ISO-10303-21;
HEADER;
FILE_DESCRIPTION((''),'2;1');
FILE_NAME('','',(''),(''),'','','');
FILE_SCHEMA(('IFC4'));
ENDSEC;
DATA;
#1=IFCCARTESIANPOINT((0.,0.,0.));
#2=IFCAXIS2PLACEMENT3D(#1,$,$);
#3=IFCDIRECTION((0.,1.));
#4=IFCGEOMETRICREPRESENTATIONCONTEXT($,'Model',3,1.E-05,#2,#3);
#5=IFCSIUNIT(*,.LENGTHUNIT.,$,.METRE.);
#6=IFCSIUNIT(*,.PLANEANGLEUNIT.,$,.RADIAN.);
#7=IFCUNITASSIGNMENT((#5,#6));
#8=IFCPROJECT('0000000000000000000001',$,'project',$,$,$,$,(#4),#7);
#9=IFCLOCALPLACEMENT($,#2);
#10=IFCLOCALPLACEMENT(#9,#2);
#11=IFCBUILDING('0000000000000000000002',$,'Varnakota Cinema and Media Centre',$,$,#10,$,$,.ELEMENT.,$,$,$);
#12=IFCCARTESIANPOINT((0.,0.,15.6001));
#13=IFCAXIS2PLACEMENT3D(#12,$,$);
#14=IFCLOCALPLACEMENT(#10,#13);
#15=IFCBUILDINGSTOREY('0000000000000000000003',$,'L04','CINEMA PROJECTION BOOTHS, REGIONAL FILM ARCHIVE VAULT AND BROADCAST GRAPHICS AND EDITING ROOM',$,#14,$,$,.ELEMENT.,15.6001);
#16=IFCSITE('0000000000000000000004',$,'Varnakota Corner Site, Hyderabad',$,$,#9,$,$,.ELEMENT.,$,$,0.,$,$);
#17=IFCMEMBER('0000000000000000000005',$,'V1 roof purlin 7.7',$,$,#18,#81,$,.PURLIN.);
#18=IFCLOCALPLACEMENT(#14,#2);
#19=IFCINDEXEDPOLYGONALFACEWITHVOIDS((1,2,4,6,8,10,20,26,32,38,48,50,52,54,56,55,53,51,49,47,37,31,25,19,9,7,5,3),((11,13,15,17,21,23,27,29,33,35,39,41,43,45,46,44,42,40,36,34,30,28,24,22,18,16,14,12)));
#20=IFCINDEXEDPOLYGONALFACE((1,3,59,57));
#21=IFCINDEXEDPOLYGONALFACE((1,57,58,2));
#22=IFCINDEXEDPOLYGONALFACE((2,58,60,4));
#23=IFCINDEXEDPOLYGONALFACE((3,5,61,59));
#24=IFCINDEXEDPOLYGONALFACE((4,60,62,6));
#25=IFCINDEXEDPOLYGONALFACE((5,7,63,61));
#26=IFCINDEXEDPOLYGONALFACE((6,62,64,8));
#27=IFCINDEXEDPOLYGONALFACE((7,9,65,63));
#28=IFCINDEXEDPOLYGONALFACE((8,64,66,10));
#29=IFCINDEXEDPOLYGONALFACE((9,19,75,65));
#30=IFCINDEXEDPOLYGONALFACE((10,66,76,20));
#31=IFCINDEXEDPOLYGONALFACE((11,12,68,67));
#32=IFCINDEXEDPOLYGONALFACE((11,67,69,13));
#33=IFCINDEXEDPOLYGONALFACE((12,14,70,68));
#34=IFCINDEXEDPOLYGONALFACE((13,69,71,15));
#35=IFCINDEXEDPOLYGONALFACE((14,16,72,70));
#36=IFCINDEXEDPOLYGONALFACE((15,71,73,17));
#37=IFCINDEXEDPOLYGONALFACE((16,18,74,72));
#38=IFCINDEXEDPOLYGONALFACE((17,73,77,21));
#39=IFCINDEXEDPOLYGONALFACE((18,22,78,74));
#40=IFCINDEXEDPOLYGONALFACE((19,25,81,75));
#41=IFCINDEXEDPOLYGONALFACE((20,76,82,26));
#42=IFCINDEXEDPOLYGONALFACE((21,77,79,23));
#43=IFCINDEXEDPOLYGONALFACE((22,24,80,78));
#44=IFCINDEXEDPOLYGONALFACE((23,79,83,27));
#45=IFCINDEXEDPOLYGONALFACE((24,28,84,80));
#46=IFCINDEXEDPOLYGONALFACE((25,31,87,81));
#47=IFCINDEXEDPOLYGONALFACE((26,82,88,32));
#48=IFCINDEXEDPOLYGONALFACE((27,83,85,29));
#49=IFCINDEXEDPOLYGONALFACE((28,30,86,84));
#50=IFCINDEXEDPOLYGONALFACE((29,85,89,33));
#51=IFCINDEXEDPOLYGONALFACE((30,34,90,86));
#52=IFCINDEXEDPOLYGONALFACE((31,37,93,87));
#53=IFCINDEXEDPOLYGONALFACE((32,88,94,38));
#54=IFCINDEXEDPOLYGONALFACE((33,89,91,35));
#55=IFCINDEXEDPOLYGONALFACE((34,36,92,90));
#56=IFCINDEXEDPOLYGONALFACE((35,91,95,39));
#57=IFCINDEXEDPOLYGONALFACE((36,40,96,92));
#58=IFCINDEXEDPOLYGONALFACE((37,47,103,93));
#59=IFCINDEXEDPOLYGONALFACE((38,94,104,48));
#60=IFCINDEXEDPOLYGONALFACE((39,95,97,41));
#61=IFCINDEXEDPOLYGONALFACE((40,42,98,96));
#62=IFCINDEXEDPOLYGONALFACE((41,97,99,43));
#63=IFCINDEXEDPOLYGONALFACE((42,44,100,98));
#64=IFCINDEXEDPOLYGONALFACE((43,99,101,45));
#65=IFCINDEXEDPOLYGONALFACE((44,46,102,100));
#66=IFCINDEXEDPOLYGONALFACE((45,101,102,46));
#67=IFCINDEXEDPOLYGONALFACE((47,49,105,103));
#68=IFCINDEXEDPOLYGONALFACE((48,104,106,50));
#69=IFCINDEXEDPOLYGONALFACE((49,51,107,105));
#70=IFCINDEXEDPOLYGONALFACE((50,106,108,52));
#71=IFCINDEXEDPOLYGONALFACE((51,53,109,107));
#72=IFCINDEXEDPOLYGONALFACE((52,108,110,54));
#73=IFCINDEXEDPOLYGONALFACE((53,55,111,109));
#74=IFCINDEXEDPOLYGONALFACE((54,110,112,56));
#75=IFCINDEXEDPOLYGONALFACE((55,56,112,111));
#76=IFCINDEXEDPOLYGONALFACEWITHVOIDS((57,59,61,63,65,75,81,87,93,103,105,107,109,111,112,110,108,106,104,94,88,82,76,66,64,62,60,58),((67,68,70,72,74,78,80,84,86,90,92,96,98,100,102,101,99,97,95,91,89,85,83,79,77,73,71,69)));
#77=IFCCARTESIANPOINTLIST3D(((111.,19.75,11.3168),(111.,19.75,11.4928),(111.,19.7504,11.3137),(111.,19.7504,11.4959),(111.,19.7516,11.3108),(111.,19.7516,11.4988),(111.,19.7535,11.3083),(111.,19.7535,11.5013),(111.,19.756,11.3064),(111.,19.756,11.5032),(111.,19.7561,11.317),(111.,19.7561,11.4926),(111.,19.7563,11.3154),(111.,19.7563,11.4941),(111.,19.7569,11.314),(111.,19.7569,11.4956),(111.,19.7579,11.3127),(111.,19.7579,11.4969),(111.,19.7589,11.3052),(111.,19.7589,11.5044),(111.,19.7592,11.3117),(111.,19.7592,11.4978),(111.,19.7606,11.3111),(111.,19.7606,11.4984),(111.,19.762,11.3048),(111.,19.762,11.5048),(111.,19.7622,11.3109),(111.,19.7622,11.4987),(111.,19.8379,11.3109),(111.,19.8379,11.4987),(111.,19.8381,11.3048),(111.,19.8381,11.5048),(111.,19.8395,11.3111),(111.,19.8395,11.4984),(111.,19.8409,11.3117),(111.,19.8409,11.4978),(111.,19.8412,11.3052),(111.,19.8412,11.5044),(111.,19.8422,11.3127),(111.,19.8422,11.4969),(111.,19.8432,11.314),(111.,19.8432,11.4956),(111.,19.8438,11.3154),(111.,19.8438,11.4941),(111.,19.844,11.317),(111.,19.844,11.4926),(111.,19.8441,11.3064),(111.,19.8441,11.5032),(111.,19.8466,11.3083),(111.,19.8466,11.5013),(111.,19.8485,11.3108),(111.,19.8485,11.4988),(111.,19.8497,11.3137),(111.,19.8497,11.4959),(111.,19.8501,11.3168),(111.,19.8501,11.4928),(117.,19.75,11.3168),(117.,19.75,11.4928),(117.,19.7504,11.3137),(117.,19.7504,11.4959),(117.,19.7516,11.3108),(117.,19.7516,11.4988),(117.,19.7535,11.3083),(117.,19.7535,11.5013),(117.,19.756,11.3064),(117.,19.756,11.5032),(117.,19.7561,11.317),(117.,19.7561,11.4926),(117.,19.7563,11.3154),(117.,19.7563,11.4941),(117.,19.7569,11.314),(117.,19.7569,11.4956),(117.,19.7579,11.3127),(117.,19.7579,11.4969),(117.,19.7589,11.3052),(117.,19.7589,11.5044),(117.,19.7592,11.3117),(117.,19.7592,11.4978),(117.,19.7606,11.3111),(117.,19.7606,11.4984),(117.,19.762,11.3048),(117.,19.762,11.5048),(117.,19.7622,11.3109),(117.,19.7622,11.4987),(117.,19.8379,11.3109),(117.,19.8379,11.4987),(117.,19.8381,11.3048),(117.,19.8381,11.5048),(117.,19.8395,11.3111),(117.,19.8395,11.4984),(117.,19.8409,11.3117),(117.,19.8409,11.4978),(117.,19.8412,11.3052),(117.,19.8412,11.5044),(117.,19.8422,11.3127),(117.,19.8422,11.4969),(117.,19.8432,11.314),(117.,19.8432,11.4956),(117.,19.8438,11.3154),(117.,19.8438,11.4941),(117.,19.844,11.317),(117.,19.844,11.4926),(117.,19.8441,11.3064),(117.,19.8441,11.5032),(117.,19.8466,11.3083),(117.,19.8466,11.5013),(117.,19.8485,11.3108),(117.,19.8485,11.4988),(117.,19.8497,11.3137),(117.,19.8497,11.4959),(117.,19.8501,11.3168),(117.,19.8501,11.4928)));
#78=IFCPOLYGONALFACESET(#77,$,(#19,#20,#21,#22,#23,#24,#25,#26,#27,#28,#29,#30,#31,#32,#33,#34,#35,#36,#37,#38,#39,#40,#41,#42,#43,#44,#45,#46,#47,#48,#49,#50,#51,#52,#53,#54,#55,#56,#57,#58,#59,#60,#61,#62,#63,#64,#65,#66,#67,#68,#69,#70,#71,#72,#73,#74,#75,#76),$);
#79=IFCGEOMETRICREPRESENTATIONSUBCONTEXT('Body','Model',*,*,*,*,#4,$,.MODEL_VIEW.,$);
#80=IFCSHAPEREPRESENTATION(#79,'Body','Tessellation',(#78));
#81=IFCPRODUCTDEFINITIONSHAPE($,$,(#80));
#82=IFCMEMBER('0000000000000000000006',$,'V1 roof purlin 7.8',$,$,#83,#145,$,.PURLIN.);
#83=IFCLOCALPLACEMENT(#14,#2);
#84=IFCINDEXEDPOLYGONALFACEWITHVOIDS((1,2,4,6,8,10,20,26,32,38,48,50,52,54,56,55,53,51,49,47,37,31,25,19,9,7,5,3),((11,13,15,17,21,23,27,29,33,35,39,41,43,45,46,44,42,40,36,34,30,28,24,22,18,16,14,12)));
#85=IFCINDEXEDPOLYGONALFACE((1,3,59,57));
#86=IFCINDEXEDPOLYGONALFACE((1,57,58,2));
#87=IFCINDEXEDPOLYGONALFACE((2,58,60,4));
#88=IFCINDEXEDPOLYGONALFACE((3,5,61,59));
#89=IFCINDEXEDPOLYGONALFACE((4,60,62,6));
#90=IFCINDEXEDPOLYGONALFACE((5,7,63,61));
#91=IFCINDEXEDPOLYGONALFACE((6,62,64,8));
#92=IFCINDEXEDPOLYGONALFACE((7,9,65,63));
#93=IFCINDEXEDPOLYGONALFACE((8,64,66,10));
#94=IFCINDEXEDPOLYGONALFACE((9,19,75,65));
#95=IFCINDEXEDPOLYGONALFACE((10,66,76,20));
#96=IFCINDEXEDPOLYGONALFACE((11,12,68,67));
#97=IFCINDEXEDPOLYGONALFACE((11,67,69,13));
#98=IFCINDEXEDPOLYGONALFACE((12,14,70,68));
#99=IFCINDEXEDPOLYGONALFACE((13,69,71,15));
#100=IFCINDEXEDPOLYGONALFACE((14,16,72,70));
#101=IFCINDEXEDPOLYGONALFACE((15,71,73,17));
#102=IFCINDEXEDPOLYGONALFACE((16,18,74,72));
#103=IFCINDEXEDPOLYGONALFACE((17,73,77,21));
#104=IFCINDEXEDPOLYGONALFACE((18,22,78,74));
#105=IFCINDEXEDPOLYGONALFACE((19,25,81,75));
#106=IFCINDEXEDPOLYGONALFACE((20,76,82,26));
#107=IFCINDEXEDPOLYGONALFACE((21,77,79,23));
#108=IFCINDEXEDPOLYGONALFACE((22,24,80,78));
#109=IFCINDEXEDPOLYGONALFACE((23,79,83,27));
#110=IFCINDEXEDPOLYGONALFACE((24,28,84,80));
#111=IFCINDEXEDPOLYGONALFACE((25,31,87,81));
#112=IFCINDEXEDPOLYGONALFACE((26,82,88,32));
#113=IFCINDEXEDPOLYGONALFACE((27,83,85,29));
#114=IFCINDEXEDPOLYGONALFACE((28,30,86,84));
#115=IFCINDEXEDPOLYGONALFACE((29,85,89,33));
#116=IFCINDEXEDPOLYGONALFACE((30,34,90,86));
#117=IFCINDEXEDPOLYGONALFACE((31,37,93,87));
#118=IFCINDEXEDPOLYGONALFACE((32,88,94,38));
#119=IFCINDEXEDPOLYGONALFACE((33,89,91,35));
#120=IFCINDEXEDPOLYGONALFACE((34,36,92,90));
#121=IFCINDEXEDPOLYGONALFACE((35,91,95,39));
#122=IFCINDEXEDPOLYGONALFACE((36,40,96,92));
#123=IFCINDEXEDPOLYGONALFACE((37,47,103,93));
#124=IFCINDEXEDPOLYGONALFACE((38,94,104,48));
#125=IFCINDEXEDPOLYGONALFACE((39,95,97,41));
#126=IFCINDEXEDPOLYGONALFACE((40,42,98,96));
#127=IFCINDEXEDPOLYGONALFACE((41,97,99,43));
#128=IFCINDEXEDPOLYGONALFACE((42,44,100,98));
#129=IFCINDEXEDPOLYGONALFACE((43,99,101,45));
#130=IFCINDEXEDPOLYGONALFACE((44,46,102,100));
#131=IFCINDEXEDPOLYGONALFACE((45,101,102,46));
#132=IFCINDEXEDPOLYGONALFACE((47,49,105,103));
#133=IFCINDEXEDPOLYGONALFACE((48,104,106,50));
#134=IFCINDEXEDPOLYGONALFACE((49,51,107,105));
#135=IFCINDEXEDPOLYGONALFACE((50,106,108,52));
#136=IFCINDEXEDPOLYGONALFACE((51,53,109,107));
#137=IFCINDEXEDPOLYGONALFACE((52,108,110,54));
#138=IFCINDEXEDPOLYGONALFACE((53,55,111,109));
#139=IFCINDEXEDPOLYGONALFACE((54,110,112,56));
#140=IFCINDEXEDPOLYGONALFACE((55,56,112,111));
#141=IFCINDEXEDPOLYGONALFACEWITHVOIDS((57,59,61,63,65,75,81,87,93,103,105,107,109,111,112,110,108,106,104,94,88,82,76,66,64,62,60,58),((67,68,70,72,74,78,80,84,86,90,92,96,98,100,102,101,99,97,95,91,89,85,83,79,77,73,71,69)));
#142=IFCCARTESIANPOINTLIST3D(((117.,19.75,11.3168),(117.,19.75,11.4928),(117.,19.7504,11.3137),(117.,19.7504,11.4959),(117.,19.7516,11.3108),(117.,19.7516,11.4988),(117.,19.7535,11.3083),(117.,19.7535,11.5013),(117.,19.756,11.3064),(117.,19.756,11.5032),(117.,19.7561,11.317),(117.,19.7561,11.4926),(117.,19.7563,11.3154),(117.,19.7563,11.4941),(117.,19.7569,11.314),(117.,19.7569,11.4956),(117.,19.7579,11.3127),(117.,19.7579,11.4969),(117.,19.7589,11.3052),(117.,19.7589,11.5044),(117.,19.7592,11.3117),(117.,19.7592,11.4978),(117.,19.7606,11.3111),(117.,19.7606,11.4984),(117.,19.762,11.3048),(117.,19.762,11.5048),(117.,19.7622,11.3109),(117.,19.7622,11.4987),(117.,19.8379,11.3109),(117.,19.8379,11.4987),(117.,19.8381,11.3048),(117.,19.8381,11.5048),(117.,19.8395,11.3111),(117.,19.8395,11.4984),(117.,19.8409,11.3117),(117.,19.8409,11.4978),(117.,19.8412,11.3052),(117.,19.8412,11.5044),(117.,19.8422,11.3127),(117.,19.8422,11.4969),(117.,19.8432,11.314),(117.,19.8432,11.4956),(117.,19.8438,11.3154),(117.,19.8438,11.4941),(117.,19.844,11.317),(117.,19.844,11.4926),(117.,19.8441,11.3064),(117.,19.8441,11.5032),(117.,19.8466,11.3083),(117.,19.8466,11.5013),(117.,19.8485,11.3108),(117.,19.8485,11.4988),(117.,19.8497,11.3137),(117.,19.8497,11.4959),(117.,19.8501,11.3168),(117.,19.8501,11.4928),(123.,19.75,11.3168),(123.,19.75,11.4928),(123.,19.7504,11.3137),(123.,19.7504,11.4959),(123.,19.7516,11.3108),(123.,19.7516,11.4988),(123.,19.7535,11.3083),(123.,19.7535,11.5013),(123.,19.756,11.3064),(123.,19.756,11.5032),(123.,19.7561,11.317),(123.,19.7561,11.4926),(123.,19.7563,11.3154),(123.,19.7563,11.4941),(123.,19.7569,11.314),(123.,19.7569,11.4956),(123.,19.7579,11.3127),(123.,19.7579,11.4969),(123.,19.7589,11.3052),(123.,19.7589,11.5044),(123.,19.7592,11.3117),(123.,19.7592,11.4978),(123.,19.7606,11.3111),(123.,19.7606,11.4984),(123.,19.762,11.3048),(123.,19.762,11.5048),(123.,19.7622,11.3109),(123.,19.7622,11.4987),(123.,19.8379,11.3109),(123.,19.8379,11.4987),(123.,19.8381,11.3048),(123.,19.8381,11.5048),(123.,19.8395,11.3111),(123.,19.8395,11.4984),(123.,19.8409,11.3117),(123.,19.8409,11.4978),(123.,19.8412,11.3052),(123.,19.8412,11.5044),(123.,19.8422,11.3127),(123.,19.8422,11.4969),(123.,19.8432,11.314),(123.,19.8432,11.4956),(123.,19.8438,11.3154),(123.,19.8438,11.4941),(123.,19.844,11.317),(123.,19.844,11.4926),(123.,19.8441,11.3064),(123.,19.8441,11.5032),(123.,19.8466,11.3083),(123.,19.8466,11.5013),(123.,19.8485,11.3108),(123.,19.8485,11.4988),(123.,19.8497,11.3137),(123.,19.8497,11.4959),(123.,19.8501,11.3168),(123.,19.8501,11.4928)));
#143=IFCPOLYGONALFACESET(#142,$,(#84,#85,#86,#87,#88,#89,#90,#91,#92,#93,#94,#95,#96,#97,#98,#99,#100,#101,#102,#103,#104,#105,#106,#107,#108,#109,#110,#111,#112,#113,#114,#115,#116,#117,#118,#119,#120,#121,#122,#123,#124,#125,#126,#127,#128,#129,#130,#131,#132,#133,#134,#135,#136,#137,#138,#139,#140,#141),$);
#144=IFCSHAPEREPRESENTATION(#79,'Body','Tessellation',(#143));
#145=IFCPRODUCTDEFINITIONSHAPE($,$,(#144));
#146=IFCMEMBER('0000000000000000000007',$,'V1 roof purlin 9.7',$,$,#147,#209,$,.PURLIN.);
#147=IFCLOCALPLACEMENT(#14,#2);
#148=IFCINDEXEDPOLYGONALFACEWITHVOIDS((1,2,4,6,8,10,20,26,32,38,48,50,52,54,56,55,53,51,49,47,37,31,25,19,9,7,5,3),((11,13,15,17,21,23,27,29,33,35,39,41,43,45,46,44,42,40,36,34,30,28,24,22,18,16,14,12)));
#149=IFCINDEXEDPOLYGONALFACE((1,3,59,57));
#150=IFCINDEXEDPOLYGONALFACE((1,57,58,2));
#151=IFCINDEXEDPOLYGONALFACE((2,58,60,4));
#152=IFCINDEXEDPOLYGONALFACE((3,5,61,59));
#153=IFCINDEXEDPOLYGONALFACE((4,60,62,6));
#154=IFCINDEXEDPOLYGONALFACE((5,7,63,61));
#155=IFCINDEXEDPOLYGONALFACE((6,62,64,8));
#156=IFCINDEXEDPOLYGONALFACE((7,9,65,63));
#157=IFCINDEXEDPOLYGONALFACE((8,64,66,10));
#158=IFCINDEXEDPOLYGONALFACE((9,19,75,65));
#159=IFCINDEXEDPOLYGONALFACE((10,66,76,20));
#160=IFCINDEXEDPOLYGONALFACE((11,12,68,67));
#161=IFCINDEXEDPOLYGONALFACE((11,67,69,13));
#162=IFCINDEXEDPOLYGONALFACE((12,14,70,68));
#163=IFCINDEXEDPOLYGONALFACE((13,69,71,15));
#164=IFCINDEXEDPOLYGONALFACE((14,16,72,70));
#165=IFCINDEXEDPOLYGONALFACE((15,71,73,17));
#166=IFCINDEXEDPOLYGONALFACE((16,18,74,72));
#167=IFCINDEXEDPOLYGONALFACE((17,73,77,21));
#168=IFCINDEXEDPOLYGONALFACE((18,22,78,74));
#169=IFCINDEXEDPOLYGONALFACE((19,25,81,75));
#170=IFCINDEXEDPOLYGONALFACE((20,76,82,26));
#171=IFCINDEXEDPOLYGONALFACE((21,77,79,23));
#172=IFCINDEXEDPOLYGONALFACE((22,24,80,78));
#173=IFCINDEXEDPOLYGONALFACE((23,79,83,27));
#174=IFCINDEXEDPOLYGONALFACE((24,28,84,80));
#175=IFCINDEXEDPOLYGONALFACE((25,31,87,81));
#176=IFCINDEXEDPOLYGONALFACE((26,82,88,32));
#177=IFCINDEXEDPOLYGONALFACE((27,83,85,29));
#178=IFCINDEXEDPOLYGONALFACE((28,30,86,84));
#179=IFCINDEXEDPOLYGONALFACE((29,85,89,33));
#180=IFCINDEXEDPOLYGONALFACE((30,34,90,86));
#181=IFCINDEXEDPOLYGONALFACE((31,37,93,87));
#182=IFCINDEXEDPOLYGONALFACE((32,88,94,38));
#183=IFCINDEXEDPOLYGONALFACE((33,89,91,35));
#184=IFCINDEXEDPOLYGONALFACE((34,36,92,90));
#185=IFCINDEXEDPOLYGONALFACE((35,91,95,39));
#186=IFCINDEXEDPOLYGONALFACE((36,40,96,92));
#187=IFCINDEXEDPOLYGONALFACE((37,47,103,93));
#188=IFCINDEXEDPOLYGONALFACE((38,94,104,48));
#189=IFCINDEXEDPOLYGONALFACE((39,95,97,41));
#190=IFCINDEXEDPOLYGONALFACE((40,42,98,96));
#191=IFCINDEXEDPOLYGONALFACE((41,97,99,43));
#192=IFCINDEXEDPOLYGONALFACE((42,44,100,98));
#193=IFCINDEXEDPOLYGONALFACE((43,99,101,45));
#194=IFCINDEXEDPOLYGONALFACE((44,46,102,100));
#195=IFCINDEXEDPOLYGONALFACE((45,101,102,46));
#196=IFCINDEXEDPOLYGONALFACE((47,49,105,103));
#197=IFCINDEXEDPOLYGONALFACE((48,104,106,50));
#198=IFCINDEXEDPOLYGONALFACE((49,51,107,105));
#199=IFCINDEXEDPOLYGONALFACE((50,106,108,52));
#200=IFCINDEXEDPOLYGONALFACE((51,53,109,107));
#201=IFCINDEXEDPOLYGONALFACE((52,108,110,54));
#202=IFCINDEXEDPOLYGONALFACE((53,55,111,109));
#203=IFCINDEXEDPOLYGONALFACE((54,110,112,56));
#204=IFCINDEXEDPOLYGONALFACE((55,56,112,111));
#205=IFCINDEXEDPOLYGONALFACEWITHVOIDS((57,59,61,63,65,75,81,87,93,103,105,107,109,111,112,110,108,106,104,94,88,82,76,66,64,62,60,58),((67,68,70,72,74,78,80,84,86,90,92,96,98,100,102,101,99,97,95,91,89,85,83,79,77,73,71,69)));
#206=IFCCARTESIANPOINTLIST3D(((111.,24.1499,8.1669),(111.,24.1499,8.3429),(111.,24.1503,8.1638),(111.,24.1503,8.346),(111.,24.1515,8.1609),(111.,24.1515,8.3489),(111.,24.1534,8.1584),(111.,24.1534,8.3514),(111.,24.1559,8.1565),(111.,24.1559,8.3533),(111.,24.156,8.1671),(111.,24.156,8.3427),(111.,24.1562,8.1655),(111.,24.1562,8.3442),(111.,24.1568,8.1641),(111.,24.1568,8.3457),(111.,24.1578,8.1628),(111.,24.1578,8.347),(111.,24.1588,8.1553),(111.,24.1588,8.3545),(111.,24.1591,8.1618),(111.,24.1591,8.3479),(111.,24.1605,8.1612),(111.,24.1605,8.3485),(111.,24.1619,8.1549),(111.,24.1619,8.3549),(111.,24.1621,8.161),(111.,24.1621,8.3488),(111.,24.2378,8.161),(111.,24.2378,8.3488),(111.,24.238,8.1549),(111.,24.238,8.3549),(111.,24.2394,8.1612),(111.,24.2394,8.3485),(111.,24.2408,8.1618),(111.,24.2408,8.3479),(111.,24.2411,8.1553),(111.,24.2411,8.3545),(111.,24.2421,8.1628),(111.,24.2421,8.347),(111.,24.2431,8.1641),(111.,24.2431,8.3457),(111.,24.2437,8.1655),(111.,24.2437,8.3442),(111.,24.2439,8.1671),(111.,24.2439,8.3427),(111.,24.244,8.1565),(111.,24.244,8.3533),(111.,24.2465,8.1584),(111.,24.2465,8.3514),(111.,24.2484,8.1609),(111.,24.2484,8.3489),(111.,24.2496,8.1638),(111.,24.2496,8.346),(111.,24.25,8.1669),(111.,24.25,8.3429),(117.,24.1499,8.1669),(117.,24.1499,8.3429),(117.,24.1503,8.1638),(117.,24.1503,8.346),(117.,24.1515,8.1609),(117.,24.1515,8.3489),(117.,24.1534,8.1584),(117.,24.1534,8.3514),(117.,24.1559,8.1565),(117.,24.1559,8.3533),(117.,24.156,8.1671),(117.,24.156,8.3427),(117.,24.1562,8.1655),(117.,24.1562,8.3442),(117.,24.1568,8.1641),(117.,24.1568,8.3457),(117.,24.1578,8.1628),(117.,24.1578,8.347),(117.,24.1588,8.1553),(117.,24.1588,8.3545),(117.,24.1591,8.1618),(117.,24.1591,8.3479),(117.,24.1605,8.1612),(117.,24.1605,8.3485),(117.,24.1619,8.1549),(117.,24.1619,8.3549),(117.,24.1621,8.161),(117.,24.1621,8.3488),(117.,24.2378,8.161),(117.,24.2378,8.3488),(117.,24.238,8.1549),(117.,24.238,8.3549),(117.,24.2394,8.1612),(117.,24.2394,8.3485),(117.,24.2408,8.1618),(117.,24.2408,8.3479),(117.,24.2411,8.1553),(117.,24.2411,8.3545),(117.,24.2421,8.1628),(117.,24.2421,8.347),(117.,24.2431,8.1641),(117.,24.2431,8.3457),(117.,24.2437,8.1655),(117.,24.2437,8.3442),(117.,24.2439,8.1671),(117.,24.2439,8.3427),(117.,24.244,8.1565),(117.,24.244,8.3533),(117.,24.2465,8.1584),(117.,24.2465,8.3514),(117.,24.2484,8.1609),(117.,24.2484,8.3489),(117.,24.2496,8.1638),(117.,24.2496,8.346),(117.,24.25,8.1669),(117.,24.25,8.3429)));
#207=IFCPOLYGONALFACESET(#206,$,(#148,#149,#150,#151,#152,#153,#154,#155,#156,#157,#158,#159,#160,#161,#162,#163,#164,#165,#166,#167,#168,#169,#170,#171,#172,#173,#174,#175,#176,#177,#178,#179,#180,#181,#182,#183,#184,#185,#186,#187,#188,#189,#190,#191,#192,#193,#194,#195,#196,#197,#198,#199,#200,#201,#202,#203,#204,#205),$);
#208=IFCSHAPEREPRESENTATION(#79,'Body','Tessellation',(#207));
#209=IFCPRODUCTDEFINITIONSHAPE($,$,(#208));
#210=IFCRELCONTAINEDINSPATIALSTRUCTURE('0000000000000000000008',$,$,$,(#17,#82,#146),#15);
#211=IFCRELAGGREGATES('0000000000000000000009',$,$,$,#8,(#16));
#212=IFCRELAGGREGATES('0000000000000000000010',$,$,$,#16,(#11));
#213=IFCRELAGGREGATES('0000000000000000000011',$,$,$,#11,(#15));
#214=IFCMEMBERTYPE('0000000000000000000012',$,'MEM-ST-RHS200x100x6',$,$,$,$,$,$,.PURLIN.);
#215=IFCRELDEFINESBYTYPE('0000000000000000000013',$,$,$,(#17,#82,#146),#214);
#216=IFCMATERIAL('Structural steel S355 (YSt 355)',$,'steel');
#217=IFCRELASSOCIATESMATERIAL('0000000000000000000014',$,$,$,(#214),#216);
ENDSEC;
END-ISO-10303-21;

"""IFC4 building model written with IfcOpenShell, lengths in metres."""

from ifc_helpers import new_model, si_unit, direction, frame, origin, origin_2d, place, context, subcontext, project, spatial, hollow_rectangle, extrude, material, material_profile, profile_set, type_object, element, save


model = new_model("IFC4")

# Units and contexts
model_context = context("Model", 3, precision=1e-05, world=origin(), true_north=direction((0.0, 1.0)))
body_context = subcontext(model_context, "Body", "Model", "MODEL_VIEW")
ifc_project = project(units=[si_unit("LENGTHUNIT", "METRE"), si_unit("PLANEANGLEUNIT", "RADIAN")], contexts=[model_context])

# Site, building, storey
site_placement = place(None, origin())
site = spatial("IfcSite", under=ifc_project, at=site_placement, Name="Varnakota Corner Site, Hyderabad", CompositionType="ELEMENT", RefElevation=0.0)
building_placement = place(site_placement, origin())
building = spatial("IfcBuilding", under=site, at=building_placement, Name="Varnakota Cinema and Media Centre", CompositionType="ELEMENT")
storey_placement = place(building_placement, frame((0.0, 0.0, 15.6001)))
storey = spatial("IfcBuildingStorey", under=building, at=storey_placement, Name="L04", Description="CINEMA PROJECTION BOOTHS, REGIONAL FILM ARCHIVE VAULT AND BROADCAST GRAPHICS AND EDITING ROOM", CompositionType="ELEMENT", Elevation=15.6001)

# Members
ifc_material_1 = material(Name="Structural steel S355 (YSt 355)", Category="steel")
ifc_material_profile_1 = material_profile(ifc_material_1, hollow_rectangle(XDim=0.1001, YDim=0.2, WallThickness=0.0061, InnerFilletRadius=0.0061, OuterFilletRadius=0.012, at=origin_2d()), Name="RHS 200x100x6")
ifc_profile_set_1 = profile_set([ifc_material_profile_1], Name="Structural steel S355 (YSt 355)")
member_type_1 = type_object("IfcMemberType", Name="MEM-ST-RHS200x100x6", PredefinedType="PURLIN", material=ifc_profile_set_1)
for number, where, z_axis, x_axis, name in (
    (1, (111.0, 19.8, 11.4048), (1.0, 0.0, 0.0), (0.0, 1.0, 0.0), "V1 roof purlin 7.7"),
    (2, (117.0, 19.8, 11.4048), (1.0, 0.0, 0.0), (0.0, 1.0, 0.0), "V1 roof purlin 7.8"),
    (3, (111.0, 24.2, 8.2549), (1.0, 0.0, 0.0), (0.0, 1.0, 0.0), "V1 roof purlin 9.7"),
):
    element("IfcMember", number, at=place(storey_placement, frame(where, z_axis=z_axis, x_axis=x_axis)), inside=storey, type_object=member_type_1, Name=name, PredefinedType="PURLIN", context=body_context, shape_type="SweptSolid", body=[
        extrude(hollow_rectangle(XDim=0.1001, YDim=0.2, WallThickness=0.0061, InnerFilletRadius=0.0061, OuterFilletRadius=0.012, at=origin_2d()), origin(), (0.0, 0.0, 1.0), 6.0),
    ])

save(model, "model.ifc")
